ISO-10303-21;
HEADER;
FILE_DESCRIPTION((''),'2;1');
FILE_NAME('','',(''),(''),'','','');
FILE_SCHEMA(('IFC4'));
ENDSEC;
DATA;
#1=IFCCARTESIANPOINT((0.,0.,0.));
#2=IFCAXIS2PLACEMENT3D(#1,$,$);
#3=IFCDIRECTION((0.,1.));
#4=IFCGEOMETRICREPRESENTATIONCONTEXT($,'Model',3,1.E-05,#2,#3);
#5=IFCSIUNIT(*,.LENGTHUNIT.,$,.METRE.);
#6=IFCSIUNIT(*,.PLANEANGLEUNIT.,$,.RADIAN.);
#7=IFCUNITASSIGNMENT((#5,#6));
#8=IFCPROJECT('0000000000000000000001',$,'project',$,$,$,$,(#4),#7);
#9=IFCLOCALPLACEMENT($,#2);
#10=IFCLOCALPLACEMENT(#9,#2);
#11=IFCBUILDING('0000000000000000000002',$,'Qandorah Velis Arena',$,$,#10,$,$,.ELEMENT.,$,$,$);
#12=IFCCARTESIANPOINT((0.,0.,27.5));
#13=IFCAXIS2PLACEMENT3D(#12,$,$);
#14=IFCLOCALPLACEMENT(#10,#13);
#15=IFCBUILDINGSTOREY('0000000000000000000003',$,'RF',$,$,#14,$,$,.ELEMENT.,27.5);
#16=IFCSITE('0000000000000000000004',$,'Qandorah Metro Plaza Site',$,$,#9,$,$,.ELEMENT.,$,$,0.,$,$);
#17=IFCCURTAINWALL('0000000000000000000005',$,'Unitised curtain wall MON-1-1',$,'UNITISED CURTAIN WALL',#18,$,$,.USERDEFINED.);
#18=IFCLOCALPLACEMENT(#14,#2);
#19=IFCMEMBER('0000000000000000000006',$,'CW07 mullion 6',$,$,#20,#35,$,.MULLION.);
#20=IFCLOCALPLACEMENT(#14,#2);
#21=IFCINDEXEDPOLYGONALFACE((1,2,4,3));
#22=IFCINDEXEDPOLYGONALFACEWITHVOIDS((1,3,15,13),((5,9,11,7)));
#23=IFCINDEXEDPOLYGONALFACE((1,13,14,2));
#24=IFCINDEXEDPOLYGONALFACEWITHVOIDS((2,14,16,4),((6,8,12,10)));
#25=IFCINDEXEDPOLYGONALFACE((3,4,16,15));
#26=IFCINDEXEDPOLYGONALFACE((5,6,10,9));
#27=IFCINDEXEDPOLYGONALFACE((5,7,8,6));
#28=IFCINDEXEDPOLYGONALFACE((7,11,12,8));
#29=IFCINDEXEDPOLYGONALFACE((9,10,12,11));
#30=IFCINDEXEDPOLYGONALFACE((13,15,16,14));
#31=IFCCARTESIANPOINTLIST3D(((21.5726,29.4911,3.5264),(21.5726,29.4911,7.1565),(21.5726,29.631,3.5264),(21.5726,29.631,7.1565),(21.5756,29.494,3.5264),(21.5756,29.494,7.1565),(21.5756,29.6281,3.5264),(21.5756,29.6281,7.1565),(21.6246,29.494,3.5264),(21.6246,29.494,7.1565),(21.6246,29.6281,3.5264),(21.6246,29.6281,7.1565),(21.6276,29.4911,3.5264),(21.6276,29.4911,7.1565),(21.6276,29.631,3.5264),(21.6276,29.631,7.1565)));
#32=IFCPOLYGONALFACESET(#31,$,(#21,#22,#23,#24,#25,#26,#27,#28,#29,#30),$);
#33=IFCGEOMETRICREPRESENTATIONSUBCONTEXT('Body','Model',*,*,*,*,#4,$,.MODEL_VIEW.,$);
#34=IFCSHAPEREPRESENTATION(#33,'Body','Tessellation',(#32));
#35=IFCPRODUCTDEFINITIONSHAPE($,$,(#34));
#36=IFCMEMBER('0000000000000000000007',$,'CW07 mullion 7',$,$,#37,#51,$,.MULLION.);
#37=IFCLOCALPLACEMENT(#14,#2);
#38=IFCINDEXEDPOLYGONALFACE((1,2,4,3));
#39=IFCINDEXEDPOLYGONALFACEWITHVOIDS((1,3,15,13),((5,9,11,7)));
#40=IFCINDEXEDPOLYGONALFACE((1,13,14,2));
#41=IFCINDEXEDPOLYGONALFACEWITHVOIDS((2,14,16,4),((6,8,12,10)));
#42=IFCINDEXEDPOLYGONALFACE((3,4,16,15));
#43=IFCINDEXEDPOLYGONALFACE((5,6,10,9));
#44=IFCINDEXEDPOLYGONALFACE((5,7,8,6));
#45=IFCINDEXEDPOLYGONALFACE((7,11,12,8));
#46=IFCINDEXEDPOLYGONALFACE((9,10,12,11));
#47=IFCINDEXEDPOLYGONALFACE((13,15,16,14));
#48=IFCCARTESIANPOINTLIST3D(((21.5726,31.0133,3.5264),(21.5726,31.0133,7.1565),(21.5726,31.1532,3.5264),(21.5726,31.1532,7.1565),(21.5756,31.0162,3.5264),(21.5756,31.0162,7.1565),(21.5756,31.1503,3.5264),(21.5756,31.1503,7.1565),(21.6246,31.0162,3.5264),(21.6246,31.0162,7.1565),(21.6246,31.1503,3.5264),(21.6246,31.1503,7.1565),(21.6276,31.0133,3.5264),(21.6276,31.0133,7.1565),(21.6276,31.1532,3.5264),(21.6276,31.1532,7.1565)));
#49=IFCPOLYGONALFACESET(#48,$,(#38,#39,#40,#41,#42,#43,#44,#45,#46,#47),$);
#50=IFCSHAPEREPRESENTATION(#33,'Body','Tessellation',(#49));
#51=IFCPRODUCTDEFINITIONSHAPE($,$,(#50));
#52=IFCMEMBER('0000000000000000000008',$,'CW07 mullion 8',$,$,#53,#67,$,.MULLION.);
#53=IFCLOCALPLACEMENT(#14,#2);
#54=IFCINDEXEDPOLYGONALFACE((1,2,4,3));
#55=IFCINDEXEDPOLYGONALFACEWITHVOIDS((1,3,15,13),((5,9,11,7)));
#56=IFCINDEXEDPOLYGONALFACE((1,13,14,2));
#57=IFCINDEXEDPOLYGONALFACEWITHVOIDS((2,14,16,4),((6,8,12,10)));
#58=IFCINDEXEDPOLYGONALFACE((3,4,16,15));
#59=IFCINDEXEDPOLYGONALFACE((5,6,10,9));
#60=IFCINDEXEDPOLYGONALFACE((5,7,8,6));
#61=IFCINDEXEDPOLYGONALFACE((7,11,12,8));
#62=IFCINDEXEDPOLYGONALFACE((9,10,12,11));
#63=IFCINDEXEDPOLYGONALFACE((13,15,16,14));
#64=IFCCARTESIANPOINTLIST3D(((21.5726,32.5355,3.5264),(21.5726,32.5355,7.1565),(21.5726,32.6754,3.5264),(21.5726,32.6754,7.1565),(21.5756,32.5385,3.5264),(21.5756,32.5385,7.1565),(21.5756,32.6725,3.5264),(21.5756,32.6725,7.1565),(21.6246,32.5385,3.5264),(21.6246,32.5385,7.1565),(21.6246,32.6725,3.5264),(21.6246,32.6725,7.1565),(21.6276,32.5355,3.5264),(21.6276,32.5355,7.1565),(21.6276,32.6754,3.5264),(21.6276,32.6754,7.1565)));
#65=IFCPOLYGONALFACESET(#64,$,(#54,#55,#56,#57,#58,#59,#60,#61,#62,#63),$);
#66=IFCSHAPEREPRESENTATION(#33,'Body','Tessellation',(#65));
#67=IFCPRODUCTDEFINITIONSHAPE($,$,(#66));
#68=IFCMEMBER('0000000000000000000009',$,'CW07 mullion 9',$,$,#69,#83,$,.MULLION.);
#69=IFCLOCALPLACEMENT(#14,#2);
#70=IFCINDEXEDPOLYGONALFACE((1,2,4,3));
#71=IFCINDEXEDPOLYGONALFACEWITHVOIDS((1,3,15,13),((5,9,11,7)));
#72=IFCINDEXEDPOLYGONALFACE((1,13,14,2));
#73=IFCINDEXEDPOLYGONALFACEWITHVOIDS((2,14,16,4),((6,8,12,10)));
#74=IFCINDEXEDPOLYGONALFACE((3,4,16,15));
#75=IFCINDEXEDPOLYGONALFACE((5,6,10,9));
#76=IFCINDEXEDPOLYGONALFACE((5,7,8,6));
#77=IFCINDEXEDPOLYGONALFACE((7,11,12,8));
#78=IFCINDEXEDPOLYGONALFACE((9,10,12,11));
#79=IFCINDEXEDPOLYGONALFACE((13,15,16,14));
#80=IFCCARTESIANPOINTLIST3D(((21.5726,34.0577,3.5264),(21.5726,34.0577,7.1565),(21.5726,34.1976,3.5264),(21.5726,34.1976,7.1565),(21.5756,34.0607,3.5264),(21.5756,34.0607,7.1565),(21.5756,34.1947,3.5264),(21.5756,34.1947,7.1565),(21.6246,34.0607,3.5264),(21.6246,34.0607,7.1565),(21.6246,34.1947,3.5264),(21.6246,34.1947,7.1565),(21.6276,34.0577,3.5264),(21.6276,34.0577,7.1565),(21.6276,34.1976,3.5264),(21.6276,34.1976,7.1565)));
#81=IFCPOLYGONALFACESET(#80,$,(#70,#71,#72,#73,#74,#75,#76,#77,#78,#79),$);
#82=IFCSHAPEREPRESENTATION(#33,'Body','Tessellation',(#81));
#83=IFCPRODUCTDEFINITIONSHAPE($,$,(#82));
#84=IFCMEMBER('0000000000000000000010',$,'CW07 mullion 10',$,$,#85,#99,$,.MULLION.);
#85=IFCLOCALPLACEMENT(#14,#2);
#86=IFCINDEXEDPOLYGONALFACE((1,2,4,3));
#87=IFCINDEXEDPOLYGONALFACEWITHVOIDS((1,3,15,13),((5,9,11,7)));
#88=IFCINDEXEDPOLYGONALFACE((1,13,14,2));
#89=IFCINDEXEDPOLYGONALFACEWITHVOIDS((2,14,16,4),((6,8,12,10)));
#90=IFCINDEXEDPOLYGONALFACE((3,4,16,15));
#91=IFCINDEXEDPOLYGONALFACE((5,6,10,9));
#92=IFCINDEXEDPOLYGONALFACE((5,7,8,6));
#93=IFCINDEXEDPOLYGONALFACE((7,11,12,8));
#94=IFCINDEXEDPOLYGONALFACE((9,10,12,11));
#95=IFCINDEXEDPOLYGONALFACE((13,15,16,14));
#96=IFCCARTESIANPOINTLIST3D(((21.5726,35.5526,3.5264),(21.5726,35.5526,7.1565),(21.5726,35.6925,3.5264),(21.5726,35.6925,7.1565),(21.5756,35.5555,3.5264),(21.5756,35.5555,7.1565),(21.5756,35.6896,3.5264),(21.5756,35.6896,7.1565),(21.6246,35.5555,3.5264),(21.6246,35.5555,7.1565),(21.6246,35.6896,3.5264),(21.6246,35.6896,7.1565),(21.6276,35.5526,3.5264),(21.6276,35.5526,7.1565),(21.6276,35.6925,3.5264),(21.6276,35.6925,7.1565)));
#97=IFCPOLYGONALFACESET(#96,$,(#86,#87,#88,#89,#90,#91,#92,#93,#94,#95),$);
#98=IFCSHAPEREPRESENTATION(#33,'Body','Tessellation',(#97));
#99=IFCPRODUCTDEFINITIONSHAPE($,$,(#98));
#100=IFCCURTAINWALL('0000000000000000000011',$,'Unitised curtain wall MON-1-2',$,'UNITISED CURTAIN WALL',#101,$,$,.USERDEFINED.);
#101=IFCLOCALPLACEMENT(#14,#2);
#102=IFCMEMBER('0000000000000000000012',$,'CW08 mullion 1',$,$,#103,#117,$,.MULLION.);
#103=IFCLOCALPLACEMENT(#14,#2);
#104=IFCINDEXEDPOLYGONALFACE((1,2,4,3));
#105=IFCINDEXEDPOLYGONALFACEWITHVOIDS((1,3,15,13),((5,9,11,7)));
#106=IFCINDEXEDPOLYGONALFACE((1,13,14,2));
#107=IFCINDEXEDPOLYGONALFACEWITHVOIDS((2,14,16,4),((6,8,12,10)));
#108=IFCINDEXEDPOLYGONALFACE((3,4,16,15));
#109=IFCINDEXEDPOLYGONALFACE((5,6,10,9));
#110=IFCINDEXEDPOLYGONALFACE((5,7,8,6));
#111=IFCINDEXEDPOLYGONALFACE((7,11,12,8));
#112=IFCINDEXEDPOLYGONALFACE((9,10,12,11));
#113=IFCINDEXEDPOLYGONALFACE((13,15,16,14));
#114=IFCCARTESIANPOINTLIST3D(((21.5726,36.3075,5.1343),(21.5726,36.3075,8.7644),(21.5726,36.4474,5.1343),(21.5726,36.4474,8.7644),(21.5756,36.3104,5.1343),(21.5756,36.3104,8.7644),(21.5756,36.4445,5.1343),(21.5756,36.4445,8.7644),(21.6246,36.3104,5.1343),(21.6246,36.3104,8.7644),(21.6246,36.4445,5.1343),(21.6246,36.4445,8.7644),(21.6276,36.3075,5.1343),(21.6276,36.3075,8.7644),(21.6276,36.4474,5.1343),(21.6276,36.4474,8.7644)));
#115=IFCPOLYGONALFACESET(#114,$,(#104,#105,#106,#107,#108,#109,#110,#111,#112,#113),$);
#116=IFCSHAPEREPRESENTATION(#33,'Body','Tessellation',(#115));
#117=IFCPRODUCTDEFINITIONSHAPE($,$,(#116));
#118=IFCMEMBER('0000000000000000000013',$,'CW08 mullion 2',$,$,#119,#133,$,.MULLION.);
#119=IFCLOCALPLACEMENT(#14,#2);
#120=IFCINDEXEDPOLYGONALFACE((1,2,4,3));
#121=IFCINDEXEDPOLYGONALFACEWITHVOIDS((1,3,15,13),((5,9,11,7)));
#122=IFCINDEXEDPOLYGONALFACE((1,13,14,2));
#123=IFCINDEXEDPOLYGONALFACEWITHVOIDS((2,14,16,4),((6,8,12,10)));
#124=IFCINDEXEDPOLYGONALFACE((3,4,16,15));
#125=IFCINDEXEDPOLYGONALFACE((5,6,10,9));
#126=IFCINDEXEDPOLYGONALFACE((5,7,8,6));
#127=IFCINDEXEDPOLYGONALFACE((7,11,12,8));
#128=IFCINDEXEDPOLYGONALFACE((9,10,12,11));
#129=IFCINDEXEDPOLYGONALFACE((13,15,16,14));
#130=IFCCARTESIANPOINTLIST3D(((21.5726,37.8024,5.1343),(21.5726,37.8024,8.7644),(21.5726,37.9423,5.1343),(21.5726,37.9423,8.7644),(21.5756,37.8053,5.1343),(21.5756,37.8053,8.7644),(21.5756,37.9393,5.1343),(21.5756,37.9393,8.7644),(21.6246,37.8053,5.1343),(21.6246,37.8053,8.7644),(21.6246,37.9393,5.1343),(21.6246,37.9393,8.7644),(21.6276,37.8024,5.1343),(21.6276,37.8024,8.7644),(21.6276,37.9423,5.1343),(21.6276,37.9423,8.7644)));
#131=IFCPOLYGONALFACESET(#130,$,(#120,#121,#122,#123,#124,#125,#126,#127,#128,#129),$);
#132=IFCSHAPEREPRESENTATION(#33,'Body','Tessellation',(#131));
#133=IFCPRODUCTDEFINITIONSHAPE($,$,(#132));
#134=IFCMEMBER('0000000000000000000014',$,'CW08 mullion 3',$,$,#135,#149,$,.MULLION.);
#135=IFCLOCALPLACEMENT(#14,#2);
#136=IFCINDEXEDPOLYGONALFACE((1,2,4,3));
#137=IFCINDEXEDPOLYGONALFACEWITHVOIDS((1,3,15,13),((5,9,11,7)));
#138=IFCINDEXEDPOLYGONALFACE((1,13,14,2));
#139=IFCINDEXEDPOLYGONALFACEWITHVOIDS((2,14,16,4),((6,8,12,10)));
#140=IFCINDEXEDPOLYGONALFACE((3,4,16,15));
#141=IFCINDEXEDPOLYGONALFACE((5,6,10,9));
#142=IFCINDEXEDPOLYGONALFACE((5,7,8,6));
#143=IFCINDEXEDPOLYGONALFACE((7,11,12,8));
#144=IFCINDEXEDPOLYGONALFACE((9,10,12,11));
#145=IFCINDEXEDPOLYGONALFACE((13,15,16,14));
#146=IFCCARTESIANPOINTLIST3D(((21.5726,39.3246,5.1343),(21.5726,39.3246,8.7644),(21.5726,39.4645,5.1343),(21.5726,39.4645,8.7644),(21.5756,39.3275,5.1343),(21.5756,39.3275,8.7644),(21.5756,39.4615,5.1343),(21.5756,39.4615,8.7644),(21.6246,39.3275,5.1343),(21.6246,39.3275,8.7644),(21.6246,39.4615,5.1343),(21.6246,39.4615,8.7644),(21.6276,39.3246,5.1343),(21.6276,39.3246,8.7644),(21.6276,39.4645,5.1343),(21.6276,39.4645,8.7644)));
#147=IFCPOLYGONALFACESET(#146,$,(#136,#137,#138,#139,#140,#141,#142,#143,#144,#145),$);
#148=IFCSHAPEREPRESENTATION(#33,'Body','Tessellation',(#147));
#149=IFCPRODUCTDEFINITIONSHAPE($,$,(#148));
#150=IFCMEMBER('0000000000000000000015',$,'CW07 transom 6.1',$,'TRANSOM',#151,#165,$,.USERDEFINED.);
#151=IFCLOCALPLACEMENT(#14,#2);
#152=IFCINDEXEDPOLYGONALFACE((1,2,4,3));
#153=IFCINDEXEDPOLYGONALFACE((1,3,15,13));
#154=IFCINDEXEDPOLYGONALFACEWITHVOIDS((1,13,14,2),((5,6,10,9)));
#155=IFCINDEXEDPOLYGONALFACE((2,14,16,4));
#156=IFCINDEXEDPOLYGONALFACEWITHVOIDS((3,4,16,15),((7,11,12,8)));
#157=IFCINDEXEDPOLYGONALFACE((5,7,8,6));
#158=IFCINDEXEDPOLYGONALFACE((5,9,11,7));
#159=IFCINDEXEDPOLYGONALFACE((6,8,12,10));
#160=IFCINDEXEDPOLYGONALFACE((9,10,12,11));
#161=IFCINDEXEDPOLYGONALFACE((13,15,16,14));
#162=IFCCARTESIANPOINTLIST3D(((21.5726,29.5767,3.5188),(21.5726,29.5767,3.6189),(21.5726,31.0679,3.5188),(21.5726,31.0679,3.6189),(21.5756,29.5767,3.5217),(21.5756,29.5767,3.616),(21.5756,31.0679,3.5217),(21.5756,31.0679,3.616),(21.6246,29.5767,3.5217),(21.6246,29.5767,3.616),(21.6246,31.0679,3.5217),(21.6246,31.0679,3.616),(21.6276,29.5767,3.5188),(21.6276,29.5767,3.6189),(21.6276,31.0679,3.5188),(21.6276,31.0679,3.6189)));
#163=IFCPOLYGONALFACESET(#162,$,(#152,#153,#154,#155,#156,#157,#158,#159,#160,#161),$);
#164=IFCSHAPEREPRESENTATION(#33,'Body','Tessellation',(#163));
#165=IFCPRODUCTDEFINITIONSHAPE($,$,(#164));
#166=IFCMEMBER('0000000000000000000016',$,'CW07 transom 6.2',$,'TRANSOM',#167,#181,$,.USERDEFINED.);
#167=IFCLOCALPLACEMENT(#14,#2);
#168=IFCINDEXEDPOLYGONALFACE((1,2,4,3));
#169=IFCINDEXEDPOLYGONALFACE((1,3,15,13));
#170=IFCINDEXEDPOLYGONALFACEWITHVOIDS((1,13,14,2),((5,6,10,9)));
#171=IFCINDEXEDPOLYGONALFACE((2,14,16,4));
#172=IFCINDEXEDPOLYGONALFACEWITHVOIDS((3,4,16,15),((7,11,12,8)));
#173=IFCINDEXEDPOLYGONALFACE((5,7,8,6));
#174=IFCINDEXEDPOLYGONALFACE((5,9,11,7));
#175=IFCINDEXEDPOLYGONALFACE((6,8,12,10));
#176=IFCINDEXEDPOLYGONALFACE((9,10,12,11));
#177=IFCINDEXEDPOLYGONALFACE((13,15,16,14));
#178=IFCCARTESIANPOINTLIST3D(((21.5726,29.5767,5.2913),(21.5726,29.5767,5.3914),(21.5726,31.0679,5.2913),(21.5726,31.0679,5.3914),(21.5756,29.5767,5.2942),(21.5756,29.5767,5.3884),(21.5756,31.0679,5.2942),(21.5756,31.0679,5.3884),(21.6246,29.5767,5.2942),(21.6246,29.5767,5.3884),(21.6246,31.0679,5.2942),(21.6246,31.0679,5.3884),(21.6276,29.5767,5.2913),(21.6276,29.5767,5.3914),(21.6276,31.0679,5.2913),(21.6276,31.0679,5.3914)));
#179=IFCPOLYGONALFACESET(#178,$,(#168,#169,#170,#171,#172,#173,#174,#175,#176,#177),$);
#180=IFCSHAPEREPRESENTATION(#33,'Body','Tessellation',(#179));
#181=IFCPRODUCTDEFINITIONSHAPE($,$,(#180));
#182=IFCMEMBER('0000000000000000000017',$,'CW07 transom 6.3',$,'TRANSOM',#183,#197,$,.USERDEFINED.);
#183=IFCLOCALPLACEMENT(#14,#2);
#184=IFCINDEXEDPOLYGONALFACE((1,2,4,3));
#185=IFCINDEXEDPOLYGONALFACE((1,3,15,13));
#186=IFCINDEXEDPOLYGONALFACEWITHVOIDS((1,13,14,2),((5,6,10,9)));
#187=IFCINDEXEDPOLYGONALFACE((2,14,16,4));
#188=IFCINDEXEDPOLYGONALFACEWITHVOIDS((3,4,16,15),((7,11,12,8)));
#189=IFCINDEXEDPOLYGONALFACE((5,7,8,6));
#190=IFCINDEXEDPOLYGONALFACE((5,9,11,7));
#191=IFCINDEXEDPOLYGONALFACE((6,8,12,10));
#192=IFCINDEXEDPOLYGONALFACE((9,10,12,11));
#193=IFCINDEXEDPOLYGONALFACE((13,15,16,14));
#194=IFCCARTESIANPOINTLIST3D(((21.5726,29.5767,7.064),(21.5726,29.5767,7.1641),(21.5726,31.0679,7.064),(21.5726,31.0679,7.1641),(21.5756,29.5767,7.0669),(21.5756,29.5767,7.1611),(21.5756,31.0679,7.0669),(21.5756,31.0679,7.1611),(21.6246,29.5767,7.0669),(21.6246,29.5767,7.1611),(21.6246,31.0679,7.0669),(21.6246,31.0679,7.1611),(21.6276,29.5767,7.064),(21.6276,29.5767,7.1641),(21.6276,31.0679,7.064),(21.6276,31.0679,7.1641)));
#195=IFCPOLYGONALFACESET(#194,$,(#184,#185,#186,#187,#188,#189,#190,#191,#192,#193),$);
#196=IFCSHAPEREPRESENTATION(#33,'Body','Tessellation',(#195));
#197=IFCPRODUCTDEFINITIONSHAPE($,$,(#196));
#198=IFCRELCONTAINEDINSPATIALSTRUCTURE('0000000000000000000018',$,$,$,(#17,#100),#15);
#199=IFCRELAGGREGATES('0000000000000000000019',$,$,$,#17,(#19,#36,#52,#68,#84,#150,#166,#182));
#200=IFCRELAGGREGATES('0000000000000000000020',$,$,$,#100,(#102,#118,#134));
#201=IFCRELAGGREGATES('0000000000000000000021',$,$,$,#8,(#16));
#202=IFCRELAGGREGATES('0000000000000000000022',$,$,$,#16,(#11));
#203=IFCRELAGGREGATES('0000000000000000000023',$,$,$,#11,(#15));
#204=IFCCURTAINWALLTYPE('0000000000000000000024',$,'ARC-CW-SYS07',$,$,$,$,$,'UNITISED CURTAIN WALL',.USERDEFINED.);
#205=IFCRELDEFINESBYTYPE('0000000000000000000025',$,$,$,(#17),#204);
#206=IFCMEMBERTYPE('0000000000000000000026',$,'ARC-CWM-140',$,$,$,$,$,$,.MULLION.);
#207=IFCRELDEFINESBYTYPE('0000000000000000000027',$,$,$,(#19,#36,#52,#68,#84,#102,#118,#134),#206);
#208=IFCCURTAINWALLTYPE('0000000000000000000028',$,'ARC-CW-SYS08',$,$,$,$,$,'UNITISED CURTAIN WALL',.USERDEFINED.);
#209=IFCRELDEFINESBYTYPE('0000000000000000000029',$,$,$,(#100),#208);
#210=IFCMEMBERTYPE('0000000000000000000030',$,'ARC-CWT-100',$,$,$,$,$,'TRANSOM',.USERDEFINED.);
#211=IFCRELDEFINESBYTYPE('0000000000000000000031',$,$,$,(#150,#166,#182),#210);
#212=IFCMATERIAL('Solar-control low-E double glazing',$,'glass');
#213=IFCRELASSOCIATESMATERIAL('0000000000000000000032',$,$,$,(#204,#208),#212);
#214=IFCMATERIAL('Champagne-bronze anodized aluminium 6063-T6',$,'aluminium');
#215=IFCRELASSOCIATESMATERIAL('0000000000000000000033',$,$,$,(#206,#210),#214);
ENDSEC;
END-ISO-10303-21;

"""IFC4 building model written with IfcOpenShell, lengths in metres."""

from ifc_helpers import new_model, si_unit, direction, frame, origin, origin_2d, place, context, subcontext, project, spatial, hollow_rectangle, extrude, material, material_profile, profile_set, type_object, element, aggregate, save


model = new_model("IFC4")

# Units and contexts
model_context = context("Model", 3, precision=1e-05, world=origin(), true_north=direction((0.0, 1.0)))
body_context = subcontext(model_context, "Body", "Model", "MODEL_VIEW")
ifc_project = project(units=[si_unit("LENGTHUNIT", "METRE"), si_unit("PLANEANGLEUNIT", "RADIAN")], contexts=[model_context])

# Site, building, storey
site_placement = place(None, origin())
site = spatial("IfcSite", under=ifc_project, at=site_placement, Name="Qandorah Metro Plaza Site", CompositionType="ELEMENT", RefElevation=0.0)
building_placement = place(site_placement, origin())
building = spatial("IfcBuilding", under=site, at=building_placement, Name="Qandorah Velis Arena", CompositionType="ELEMENT")
storey_placement = place(building_placement, frame((0.0, 0.0, 27.5)))
storey = spatial("IfcBuildingStorey", under=building, at=storey_placement, Name="RF", CompositionType="ELEMENT", Elevation=27.5)

# Curtain walls, members
ifc_material_1 = material(Name="Solar-control low-E double glazing", Category="glass")
curtain_wall_type_1 = type_object("IfcCurtainWallType", Name="ARC-CW-SYS07", ElementType="UNITISED CURTAIN WALL", PredefinedType="USERDEFINED", material=ifc_material_1)
curtain_wall_1_placement = place(storey_placement, origin())
curtain_wall_1 = element("IfcCurtainWall", 1, at=curtain_wall_1_placement, inside=storey, type_object=curtain_wall_type_1, Name="Unitised curtain wall MON-1-1", ObjectType="UNITISED CURTAIN WALL", PredefinedType="USERDEFINED")
ifc_material_2 = material(Name="Champagne-bronze anodized aluminium 6063-T6", Category="aluminium")
ifc_material_profile_1 = material_profile(ifc_material_2, hollow_rectangle(XDim=0.0549, YDim=0.1399, WallThickness=0.0029, at=origin_2d()), Name="ALU MULLION 55x140")
ifc_profile_set_1 = profile_set([ifc_material_profile_1], Name="Champagne-bronze anodized aluminium 6063-T6")
member_type_1 = type_object("IfcMemberType", Name="ARC-CWM-140", PredefinedType="MULLION", material=ifc_profile_set_1)
member_1_placement = place(storey_placement, frame((21.6001, 29.561, 3.5264), z_axis=(0.0, 0.0, 1.0), x_axis=(-1.0, 0.0, 0.0)))
member_1 = element("IfcMember", 2, at=member_1_placement, type_object=member_type_1, Name="CW07 mullion 6", PredefinedType="MULLION", context=body_context, shape_type="SweptSolid", body=[
    extrude(hollow_rectangle(XDim=0.0549, YDim=0.1399, WallThickness=0.0029, at=origin_2d()), origin(), (0.0, 0.0, 1.0), 3.6301),
])
member_2_placement = place(storey_placement, frame((21.6001, 31.0833, 3.5264), z_axis=(0.0, 0.0, 1.0), x_axis=(-1.0, 0.0, 0.0)))
member_2 = element("IfcMember", 3, at=member_2_placement, type_object=member_type_1, Name="CW07 mullion 7", PredefinedType="MULLION", context=body_context, shape_type="SweptSolid", body=[
    extrude(hollow_rectangle(XDim=0.0549, YDim=0.1399, WallThickness=0.0029, at=origin_2d()), origin(), (0.0, 0.0, 1.0), 3.6301),
])
member_3_placement = place(storey_placement, frame((21.6001, 32.6055, 3.5264), z_axis=(0.0, 0.0, 1.0), x_axis=(-1.0, 0.0, 0.0)))
member_3 = element("IfcMember", 4, at=member_3_placement, type_object=member_type_1, Name="CW07 mullion 8", PredefinedType="MULLION", context=body_context, shape_type="SweptSolid", body=[
    extrude(hollow_rectangle(XDim=0.0549, YDim=0.1399, WallThickness=0.0029, at=origin_2d()), origin(), (0.0, 0.0, 1.0), 3.6301),
])
member_4_placement = place(storey_placement, frame((21.6001, 34.1277, 3.5264), z_axis=(0.0, 0.0, 1.0), x_axis=(-1.0, 0.0, 0.0)))
member_4 = element("IfcMember", 5, at=member_4_placement, type_object=member_type_1, Name="CW07 mullion 9", PredefinedType="MULLION", context=body_context, shape_type="SweptSolid", body=[
    extrude(hollow_rectangle(XDim=0.0549, YDim=0.1399, WallThickness=0.0029, at=origin_2d()), origin(), (0.0, 0.0, 1.0), 3.6301),
])
member_5_placement = place(storey_placement, frame((21.6001, 35.6226, 3.5264), z_axis=(0.0, 0.0, 1.0), x_axis=(-1.0, 0.0, 0.0)))
member_5 = element("IfcMember", 6, at=member_5_placement, type_object=member_type_1, Name="CW07 mullion 10", PredefinedType="MULLION", context=body_context, shape_type="SweptSolid", body=[
    extrude(hollow_rectangle(XDim=0.0549, YDim=0.1399, WallThickness=0.0029, at=origin_2d()), origin(), (0.0, 0.0, 1.0), 3.6301),
])
curtain_wall_type_2 = type_object("IfcCurtainWallType", Name="ARC-CW-SYS08", ElementType="UNITISED CURTAIN WALL", PredefinedType="USERDEFINED", material=ifc_material_1)
curtain_wall_2_placement = place(storey_placement, origin())
curtain_wall_2 = element("IfcCurtainWall", 7, at=curtain_wall_2_placement, inside=storey, type_object=curtain_wall_type_2, Name="Unitised curtain wall MON-1-2", ObjectType="UNITISED CURTAIN WALL", PredefinedType="USERDEFINED")
member_6_placement = place(storey_placement, frame((21.6001, 36.3774, 5.1343), z_axis=(0.0, 0.0, 1.0), x_axis=(-1.0, 0.0, 0.0)))
member_6 = element("IfcMember", 8, at=member_6_placement, type_object=member_type_1, Name="CW08 mullion 1", PredefinedType="MULLION", context=body_context, shape_type="SweptSolid", body=[
    extrude(hollow_rectangle(XDim=0.0549, YDim=0.1399, WallThickness=0.0029, at=origin_2d()), origin(), (0.0, 0.0, 1.0), 3.6301),
])
member_7_placement = place(storey_placement, frame((21.6001, 37.8723, 5.1343), z_axis=(0.0, 0.0, 1.0), x_axis=(-1.0, 0.0, 0.0)))
member_7 = element("IfcMember", 9, at=member_7_placement, type_object=member_type_1, Name="CW08 mullion 2", PredefinedType="MULLION", context=body_context, shape_type="SweptSolid", body=[
    extrude(hollow_rectangle(XDim=0.0549, YDim=0.1399, WallThickness=0.0029, at=origin_2d()), origin(), (0.0, 0.0, 1.0), 3.6301),
])
member_8_placement = place(storey_placement, frame((21.6001, 39.3945, 5.1343), z_axis=(0.0, 0.0, 1.0), x_axis=(-1.0, 0.0, 0.0)))
member_8 = element("IfcMember", 10, at=member_8_placement, type_object=member_type_1, Name="CW08 mullion 3", PredefinedType="MULLION", context=body_context, shape_type="SweptSolid", body=[
    extrude(hollow_rectangle(XDim=0.0549, YDim=0.1399, WallThickness=0.0029, at=origin_2d()), origin(), (0.0, 0.0, 1.0), 3.6301),
])

# Members
ifc_material_profile_2 = material_profile(ifc_material_2, hollow_rectangle(XDim=0.0549, YDim=0.1001, WallThickness=0.0029, at=origin_2d()), Name="ALU TRANSOM 55x100")
ifc_profile_set_2 = profile_set([ifc_material_profile_2], Name="Champagne-bronze anodized aluminium 6063-T6")
member_type_2 = type_object("IfcMemberType", Name="ARC-CWT-100", ElementType="TRANSOM", PredefinedType="USERDEFINED", material=ifc_profile_set_2)
member_9_placement = place(storey_placement, frame((21.6001, 29.5767, 3.5688), z_axis=(0.0, 1.0, 0.0), x_axis=(-1.0, 0.0, 0.0)))
member_9 = element("IfcMember", 11, at=member_9_placement, type_object=member_type_2, Name="CW07 transom 6.1", ObjectType="TRANSOM", PredefinedType="USERDEFINED", context=body_context, shape_type="SweptSolid", body=[
    extrude(hollow_rectangle(XDim=0.0549, YDim=0.1001, WallThickness=0.0029, at=origin_2d()), origin(), (0.0, 0.0, 1.0), 1.4912),
])
member_10_placement = place(storey_placement, frame((21.6001, 29.5767, 5.3413), z_axis=(0.0, 1.0, 0.0), x_axis=(-1.0, 0.0, 0.0)))
member_10 = element("IfcMember", 12, at=member_10_placement, type_object=member_type_2, Name="CW07 transom 6.2", ObjectType="TRANSOM", PredefinedType="USERDEFINED", context=body_context, shape_type="SweptSolid", body=[
    extrude(hollow_rectangle(XDim=0.0549, YDim=0.1001, WallThickness=0.0029, at=origin_2d()), origin(), (0.0, 0.0, 1.0), 1.4912),
])
member_11_placement = place(storey_placement, frame((21.6001, 29.5767, 7.114), z_axis=(0.0, 1.0, 0.0), x_axis=(-1.0, 0.0, 0.0)))
member_11 = element("IfcMember", 13, at=member_11_placement, type_object=member_type_2, Name="CW07 transom 6.3", ObjectType="TRANSOM", PredefinedType="USERDEFINED", context=body_context, shape_type="SweptSolid", body=[
    extrude(hollow_rectangle(XDim=0.0549, YDim=0.1001, WallThickness=0.0029, at=origin_2d()), origin(), (0.0, 0.0, 1.0), 1.4912),
])

aggregate(curtain_wall_1, [member_1, member_2, member_3, member_4, member_5, member_9, member_10, member_11])
aggregate(curtain_wall_2, [member_6, member_7, member_8])

save(model, "model.ifc")
